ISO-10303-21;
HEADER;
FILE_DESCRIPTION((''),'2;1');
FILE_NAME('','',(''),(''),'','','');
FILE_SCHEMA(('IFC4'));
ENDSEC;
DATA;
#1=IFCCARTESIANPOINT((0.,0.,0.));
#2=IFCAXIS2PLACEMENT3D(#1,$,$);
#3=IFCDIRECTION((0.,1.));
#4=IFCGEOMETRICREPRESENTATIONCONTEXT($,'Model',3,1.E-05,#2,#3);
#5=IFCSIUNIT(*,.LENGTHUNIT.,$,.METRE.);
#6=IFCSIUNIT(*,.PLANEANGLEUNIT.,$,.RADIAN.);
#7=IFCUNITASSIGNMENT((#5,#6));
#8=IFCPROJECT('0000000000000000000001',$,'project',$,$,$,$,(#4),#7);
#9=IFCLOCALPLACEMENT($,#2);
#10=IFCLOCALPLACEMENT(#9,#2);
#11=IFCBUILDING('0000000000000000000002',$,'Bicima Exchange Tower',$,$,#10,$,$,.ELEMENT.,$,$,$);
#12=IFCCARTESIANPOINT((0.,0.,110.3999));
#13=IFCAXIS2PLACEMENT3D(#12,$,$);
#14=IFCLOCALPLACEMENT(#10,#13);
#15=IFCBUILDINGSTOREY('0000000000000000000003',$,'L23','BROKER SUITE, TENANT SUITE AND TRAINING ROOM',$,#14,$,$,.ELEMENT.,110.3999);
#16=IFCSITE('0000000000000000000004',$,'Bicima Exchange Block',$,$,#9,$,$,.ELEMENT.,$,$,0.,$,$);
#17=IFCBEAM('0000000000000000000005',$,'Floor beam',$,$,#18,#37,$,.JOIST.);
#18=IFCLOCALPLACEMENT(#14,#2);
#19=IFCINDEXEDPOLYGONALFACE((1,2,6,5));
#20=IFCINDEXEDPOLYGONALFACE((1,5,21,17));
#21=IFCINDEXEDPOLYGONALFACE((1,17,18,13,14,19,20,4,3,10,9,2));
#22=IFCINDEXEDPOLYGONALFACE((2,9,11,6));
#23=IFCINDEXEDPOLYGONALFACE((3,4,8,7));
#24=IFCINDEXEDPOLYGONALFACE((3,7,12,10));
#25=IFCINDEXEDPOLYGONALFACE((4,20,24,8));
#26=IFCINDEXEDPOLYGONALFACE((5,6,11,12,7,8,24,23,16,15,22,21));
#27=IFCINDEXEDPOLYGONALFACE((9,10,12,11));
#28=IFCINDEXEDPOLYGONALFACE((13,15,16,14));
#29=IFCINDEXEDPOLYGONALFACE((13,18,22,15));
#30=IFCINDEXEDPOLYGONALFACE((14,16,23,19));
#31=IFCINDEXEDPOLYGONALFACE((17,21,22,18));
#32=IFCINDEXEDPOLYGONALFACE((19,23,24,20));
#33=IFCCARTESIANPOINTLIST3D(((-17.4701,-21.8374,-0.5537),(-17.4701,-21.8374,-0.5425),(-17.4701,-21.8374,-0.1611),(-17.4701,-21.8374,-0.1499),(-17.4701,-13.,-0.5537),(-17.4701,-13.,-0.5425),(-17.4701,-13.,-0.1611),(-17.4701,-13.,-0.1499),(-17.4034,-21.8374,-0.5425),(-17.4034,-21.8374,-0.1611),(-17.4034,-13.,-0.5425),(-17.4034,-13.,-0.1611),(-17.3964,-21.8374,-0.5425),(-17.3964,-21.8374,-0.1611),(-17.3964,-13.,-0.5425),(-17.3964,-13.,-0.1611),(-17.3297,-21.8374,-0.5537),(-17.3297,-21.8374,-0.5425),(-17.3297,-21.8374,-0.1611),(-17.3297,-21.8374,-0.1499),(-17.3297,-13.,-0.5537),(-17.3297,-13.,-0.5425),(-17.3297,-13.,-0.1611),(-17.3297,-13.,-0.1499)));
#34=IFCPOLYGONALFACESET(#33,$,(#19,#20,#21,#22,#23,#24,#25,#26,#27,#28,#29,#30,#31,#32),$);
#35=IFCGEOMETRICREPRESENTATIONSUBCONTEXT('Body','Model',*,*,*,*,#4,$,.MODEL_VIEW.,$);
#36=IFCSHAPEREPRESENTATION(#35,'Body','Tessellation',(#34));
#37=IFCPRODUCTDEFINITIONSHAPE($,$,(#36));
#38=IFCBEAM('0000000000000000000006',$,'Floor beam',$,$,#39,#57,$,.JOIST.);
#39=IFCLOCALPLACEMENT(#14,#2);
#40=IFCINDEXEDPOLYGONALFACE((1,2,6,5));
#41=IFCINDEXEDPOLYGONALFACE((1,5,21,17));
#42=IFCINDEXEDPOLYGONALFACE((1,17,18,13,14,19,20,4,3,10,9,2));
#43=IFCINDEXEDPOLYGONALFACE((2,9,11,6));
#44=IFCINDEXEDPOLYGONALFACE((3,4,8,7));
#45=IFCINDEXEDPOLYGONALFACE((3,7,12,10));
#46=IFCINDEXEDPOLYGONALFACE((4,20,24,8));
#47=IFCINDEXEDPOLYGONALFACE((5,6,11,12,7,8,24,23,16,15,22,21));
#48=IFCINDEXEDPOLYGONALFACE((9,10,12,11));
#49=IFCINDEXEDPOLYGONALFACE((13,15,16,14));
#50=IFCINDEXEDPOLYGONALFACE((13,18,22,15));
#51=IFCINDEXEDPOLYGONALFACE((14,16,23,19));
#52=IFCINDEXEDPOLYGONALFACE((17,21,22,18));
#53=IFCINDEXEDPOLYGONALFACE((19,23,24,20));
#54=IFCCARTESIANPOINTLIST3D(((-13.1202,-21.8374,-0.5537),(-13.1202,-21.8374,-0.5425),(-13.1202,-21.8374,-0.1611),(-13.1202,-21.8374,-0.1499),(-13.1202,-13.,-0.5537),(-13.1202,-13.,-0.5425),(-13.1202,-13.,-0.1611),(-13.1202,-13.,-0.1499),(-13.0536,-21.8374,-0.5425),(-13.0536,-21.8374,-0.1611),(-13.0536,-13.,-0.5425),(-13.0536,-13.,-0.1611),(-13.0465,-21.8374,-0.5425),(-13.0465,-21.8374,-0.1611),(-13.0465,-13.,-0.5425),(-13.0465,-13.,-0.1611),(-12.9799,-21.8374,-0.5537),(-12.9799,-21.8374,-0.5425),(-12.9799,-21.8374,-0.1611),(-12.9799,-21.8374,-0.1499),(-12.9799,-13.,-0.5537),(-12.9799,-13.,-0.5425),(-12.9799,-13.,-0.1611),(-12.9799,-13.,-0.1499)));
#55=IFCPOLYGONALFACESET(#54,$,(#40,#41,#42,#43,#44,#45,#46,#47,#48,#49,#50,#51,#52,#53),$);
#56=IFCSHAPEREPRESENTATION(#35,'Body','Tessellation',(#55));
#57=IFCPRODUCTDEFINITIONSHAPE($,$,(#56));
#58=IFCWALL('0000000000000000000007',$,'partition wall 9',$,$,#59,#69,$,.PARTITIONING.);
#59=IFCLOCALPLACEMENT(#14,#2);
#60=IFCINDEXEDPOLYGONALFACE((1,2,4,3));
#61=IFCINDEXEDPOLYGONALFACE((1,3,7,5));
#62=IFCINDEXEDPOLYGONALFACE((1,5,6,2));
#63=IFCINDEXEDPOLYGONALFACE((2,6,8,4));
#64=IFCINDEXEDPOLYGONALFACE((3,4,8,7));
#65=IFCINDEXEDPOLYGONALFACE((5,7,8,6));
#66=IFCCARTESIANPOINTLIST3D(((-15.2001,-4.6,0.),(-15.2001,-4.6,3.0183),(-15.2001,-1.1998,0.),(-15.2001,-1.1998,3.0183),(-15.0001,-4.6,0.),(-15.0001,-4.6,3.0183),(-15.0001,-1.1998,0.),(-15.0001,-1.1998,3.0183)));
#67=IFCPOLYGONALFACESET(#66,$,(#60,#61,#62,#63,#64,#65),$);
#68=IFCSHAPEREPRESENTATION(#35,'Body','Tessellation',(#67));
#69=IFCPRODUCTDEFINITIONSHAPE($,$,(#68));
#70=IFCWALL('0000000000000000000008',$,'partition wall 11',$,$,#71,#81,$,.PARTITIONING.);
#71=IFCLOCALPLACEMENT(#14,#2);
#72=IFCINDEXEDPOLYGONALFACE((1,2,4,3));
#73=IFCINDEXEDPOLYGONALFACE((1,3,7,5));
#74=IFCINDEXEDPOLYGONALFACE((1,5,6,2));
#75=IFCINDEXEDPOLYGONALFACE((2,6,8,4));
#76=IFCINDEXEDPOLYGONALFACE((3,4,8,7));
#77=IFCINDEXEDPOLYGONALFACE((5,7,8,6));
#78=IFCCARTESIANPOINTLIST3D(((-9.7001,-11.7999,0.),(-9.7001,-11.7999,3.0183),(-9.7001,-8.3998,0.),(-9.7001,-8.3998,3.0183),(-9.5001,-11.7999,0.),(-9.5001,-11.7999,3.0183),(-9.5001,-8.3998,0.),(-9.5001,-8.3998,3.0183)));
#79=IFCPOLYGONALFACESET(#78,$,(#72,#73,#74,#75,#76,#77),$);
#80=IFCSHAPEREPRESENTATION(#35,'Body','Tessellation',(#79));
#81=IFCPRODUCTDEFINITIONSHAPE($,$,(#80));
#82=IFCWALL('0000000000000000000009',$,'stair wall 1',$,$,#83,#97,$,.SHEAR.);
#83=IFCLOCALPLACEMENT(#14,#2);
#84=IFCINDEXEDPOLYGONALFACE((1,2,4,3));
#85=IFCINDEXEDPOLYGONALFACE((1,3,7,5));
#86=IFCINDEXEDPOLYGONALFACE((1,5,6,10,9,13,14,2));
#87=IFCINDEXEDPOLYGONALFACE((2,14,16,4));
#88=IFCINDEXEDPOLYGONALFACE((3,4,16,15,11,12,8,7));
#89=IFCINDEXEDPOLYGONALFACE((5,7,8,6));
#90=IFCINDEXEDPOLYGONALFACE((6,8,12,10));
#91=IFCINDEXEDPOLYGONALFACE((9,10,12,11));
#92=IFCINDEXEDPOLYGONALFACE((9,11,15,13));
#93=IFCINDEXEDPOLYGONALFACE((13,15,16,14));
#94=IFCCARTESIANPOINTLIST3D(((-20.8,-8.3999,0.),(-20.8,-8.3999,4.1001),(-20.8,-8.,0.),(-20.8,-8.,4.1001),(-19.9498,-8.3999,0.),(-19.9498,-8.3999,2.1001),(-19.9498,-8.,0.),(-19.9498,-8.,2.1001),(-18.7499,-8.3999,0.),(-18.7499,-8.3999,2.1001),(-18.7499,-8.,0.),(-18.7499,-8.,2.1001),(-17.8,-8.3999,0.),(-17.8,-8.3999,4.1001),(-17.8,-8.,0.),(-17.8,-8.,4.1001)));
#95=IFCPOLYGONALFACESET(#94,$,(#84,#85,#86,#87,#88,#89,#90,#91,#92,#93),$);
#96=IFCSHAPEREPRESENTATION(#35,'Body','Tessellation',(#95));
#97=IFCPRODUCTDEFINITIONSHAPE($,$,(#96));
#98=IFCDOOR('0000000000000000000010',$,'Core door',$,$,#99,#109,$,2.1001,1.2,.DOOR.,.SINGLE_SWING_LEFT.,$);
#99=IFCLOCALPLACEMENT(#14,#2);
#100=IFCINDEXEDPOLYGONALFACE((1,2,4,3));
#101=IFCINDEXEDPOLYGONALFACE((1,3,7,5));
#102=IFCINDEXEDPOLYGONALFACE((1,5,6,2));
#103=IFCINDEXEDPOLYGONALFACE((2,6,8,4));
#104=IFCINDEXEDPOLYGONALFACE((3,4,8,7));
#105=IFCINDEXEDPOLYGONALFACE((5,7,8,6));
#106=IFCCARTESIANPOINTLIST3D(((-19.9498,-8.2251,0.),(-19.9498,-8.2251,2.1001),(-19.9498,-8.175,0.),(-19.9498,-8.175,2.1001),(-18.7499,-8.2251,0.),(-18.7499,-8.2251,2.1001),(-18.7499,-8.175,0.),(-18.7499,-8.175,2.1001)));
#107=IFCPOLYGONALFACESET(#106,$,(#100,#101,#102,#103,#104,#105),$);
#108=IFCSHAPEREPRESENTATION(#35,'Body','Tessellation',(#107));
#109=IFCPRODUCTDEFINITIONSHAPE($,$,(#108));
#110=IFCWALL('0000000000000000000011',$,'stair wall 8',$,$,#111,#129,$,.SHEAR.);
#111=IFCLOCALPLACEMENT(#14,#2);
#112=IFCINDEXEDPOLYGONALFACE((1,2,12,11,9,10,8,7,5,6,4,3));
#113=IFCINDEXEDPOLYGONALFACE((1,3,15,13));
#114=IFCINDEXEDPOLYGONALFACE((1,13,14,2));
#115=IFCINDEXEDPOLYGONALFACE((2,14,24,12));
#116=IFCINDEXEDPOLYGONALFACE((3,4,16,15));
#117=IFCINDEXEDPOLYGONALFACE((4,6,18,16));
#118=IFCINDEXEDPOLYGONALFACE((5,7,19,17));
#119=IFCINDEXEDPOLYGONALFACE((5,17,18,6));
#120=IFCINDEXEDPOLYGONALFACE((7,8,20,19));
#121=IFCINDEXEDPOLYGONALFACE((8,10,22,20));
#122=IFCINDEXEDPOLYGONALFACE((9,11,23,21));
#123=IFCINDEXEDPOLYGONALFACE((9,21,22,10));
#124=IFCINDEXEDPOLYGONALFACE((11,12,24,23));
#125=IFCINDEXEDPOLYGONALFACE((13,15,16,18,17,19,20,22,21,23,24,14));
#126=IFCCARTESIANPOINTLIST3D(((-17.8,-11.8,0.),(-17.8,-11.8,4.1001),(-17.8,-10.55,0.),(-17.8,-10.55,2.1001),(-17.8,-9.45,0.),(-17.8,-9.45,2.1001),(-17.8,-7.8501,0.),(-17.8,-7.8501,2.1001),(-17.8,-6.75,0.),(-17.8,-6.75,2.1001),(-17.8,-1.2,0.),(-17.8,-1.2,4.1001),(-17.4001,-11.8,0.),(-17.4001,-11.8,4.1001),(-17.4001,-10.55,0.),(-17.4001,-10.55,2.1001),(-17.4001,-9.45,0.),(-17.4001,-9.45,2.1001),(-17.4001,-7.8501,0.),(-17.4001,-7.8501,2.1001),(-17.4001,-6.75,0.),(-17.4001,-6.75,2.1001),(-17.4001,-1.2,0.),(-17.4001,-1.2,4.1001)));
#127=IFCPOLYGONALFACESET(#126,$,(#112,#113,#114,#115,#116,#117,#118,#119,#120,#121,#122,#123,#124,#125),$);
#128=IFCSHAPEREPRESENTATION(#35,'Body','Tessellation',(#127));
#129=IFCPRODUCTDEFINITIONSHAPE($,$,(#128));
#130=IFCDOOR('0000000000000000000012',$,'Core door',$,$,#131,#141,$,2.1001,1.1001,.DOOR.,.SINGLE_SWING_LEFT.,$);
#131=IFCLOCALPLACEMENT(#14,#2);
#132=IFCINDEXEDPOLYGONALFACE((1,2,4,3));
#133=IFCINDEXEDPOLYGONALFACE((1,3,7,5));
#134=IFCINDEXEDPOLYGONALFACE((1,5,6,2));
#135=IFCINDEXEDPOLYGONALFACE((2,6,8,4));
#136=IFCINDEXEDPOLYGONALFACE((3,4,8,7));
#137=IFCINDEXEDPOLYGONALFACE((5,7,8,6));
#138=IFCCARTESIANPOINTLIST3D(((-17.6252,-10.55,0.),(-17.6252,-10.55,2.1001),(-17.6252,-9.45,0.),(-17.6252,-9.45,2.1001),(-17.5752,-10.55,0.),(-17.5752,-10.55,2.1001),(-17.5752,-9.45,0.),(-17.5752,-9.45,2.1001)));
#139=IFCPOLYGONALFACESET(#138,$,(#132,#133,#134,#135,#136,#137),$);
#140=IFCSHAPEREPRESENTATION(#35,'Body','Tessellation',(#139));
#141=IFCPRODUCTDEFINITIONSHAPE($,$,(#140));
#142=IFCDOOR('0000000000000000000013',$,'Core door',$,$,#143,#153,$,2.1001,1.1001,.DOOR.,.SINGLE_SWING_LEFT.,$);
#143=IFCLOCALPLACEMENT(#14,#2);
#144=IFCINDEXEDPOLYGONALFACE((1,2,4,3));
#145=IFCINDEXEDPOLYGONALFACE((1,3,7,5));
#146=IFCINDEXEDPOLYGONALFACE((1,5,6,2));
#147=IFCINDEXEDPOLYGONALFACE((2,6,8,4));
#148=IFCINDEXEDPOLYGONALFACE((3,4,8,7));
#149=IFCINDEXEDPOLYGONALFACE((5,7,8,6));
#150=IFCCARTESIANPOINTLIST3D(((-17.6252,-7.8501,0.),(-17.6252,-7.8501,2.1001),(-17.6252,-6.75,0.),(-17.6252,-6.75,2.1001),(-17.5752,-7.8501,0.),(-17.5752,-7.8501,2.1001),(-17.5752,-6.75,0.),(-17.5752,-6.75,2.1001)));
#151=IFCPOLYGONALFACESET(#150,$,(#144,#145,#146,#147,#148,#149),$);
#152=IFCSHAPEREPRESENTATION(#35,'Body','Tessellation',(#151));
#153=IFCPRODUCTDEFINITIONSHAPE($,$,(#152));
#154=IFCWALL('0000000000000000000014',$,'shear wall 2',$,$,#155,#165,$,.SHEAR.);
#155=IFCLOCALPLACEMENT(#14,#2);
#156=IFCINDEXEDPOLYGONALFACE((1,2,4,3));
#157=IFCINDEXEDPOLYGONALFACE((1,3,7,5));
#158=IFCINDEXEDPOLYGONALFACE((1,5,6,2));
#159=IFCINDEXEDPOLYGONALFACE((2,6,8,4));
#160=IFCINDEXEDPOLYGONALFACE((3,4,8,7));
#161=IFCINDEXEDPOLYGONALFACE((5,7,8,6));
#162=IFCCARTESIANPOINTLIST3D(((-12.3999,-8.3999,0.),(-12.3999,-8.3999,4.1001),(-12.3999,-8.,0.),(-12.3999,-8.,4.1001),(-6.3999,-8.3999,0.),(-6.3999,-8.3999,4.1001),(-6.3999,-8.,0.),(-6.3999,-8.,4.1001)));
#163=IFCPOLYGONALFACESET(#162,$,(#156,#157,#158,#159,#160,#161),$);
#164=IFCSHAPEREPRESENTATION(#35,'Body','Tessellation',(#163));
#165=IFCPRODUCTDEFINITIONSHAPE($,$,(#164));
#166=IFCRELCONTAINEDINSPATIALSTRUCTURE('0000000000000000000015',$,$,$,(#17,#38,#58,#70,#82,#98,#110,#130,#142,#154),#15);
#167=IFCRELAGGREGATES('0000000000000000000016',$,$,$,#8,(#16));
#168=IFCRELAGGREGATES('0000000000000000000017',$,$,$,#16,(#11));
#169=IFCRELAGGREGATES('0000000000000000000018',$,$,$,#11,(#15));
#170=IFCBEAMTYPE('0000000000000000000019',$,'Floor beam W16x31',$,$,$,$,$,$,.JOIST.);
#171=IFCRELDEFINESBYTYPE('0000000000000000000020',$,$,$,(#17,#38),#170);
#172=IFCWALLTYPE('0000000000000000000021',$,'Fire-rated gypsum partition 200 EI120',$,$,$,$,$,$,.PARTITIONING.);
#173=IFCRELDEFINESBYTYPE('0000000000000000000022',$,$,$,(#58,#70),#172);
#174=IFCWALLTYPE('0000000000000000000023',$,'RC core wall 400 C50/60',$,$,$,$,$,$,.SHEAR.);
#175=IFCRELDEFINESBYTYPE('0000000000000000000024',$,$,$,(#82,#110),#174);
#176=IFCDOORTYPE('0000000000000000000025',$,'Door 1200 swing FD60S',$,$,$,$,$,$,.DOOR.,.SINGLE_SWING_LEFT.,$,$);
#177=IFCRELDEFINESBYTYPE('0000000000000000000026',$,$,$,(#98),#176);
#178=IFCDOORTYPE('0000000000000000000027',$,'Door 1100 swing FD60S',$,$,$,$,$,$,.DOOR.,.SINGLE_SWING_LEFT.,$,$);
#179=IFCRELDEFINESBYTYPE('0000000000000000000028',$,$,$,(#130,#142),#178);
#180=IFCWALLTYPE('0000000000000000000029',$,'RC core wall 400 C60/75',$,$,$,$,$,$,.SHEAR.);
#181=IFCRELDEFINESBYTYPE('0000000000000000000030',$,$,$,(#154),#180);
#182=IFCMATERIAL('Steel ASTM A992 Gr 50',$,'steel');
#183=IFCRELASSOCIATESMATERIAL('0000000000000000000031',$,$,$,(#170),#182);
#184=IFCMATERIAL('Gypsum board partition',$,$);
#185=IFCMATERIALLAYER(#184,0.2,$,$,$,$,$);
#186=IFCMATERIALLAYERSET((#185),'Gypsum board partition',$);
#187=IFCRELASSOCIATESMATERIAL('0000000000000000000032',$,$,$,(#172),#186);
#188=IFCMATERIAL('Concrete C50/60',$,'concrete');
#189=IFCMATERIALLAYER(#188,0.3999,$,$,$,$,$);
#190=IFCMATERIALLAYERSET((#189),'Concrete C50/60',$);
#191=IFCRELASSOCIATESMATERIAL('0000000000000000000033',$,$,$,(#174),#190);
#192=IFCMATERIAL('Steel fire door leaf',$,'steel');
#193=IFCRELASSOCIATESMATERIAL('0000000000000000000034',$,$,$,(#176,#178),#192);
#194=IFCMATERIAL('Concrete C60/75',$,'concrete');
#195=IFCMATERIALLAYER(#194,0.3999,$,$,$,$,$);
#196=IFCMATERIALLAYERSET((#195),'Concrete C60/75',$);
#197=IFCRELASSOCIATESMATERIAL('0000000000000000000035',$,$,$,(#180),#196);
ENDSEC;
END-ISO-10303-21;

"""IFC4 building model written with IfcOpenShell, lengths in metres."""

from ifc_helpers import new_model, si_unit, direction, frame, frame_2d, origin, origin_2d, place, context, subcontext, project, spatial, rectangle, i_section, extrude, material, layer, layer_set, material_profile, profile_set, type_object, element, fill, save


model = new_model("IFC4")

# Units and contexts
model_context = context("Model", 3, precision=1e-05, world=origin(), true_north=direction((0.0, 1.0)))
body_context = subcontext(model_context, "Body", "Model", "MODEL_VIEW")
ifc_project = project(units=[si_unit("LENGTHUNIT", "METRE"), si_unit("PLANEANGLEUNIT", "RADIAN")], contexts=[model_context])

# Site, building, storey
site_placement = place(None, origin())
site = spatial("IfcSite", under=ifc_project, at=site_placement, Name="Bicima Exchange Block", CompositionType="ELEMENT", RefElevation=0.0)
building_placement = place(site_placement, origin())
building = spatial("IfcBuilding", under=site, at=building_placement, Name="Bicima Exchange Tower", CompositionType="ELEMENT")
storey_placement = place(building_placement, frame((0.0, 0.0, 110.3999)))
storey = spatial("IfcBuildingStorey", under=building, at=storey_placement, Name="L23", Description="BROKER SUITE, TENANT SUITE AND TRAINING ROOM", CompositionType="ELEMENT", Elevation=110.3999)

# Beams
ifc_material_1 = material(Name="Steel ASTM A992 Gr 50", Category="steel")
ifc_material_profile = material_profile(ifc_material_1, i_section(OverallWidth=0.1404, OverallDepth=0.4038, WebThickness=0.0071, FlangeThickness=0.0112, at=origin_2d()))
ifc_profile_set = profile_set([ifc_material_profile], Name="Steel ASTM A992 Gr 50")
beam_type = type_object("IfcBeamType", Name="Floor beam W16x31", PredefinedType="JOIST", material=ifc_profile_set)
for number, where, z_axis, x_axis, name in (
    (1, (-17.3999, -13.0, -0.3518), (0.0, -1.0, 0.0), (1.0, 0.0, 0.0), "Floor beam"),
    (2, (-13.05, -13.0, -0.3518), (0.0, -1.0, 0.0), (1.0, 0.0, 0.0), "Floor beam"),
):
    element("IfcBeam", number, at=place(storey_placement, frame(where, z_axis=z_axis, x_axis=x_axis)), inside=storey, type_object=beam_type, Name=name, PredefinedType="JOIST", context=body_context, shape_type="SweptSolid", body=[
        extrude(i_section(OverallWidth=0.1404, OverallDepth=0.4038, WebThickness=0.0071, FlangeThickness=0.0112, at=origin_2d()), origin(), (0.0, 0.0, 1.0), 8.8374),
    ])

# Walls
ifc_material_2 = material(Name="Gypsum board partition")
ifc_layer_1 = layer(ifc_material_2, 0.2)
ifc_layer_set_1 = layer_set([ifc_layer_1], Name="Gypsum board partition")
wall_type_1 = type_object("IfcWallType", Name="Fire-rated gypsum partition 200 EI120", PredefinedType="PARTITIONING", material=ifc_layer_set_1)
for number, where, z_axis, x_axis, name in (
    (3, (-15.1001, -4.6001, 0.0), (0.0, 0.0, 1.0), (0.0, 1.0, 0.0), "partition wall 9"),
    (4, (-9.6001, -11.8, 0.0), (0.0, 0.0, 1.0), (0.0, 1.0, 0.0), "partition wall 11"),
):
    element("IfcWall", number, at=place(storey_placement, frame(where, z_axis=z_axis, x_axis=x_axis)), inside=storey, type_object=wall_type_1, Name=name, PredefinedType="PARTITIONING", context=body_context, shape_type="SweptSolid", body=[
        extrude(rectangle(XDim=3.4001, YDim=0.2, at=frame_2d((1.7002, 0.0))), origin(), (0.0, 0.0, 1.0), 3.0183),
    ])

# Wall, opening, door
ifc_material_3 = material(Name="Concrete C50/60", Category="concrete")
ifc_layer_2 = layer(ifc_material_3, 0.3999)
ifc_layer_set_2 = layer_set([ifc_layer_2], Name="Concrete C50/60")
wall_type_2 = type_object("IfcWallType", Name="RC core wall 400 C50/60", PredefinedType="SHEAR", material=ifc_layer_set_2)
wall_1_placement = place(storey_placement, frame((-20.8, -8.2, 0.0), z_axis=(0.0, 0.0, 1.0), x_axis=(1.0, 0.0, 0.0)))
wall_1 = element("IfcWall", 5, at=wall_1_placement, inside=storey, type_object=wall_type_2, Name="stair wall 1", PredefinedType="SHEAR", context=body_context, shape_type="SweptSolid", body=[
    extrude(rectangle(XDim=3.0, YDim=0.3999, at=frame_2d((1.5, 0.0))), origin(), (0.0, 0.0, 1.0), 4.1001),
])
opening_1_placement = place(wall_1_placement, frame((0.8501, 0.0, 0.0)))
opening_1 = element("IfcOpeningElement", 6, at=opening_1_placement, cuts=wall_1, PredefinedType="OPENING", context=body_context, shape_type="SweptSolid", body=[
    extrude(rectangle(XDim=1.2, YDim=2.1001, at=frame_2d((0.6001, 1.05))), frame((0.0, 0.2119, 0.0), z_axis=(0.0, -1.0, 0.0), x_axis=(1.0, 0.0, 0.0)), (0.0, 0.0, 1.0), 0.4238),
])
ifc_material_4 = material(Name="Steel fire door leaf", Category="steel")
door_type_1 = type_object("IfcDoorType", Name="Door 1200 swing FD60S", OperationType="SINGLE_SWING_LEFT", PredefinedType="DOOR", material=ifc_material_4)
door_1_placement = place(opening_1_placement, origin())
door_1 = element("IfcDoor", 7, at=door_1_placement, inside=storey, type_object=door_type_1, Name="Core door", OperationType="SINGLE_SWING_LEFT", OverallHeight=2.1001, OverallWidth=1.2, PredefinedType="DOOR", context=body_context, shape_type="SweptSolid", body=[
    extrude(rectangle(XDim=1.2, YDim=2.1001, at=frame_2d((0.6001, 1.05))), frame((0.0, 0.0249, 0.0), z_axis=(0.0, -1.0, 0.0), x_axis=(1.0, 0.0, 0.0)), (0.0, 0.0, 1.0), 0.05),
])
fill(opening_1, door_1)

# Wall, openings, doors
wall_2_placement = place(storey_placement, frame((-17.6001, -11.8, 0.0), z_axis=(0.0, 0.0, 1.0), x_axis=(0.0, 1.0, 0.0)))
wall_2 = element("IfcWall", 8, at=wall_2_placement, inside=storey, type_object=wall_type_2, Name="stair wall 8", PredefinedType="SHEAR", context=body_context, shape_type="SweptSolid", body=[
    extrude(rectangle(XDim=10.6001, YDim=0.3999, at=frame_2d((5.3, 0.0))), origin(), (0.0, 0.0, 1.0), 4.1001),
])
opening_2_placement = place(wall_2_placement, frame((1.25, 0.0, 0.0)))
opening_2 = element("IfcOpeningElement", 9, at=opening_2_placement, cuts=wall_2, PredefinedType="OPENING", context=body_context, shape_type="SweptSolid", body=[
    extrude(rectangle(XDim=1.1001, YDim=2.1001, at=frame_2d((0.55, 1.05))), frame((0.0, 0.2119, 0.0), z_axis=(0.0, -1.0, 0.0), x_axis=(1.0, 0.0, 0.0)), (0.0, 0.0, 1.0), 0.4238),
])
opening_3_placement = place(wall_2_placement, frame((3.95, 0.0, 0.0)))
opening_3 = element("IfcOpeningElement", 10, at=opening_3_placement, cuts=wall_2, PredefinedType="OPENING", context=body_context, shape_type="SweptSolid", body=[
    extrude(rectangle(XDim=1.1001, YDim=2.1001, at=frame_2d((0.55, 1.05))), frame((0.0, 0.2119, 0.0), z_axis=(0.0, -1.0, 0.0), x_axis=(1.0, 0.0, 0.0)), (0.0, 0.0, 1.0), 0.4238),
])
door_type_2 = type_object("IfcDoorType", Name="Door 1100 swing FD60S", OperationType="SINGLE_SWING_LEFT", PredefinedType="DOOR", material=ifc_material_4)
door_2_placement = place(opening_2_placement, frame((1.1001, 0.0, 0.0), z_axis=(0.0, 0.0, 1.0), x_axis=(-1.0, 0.0, 0.0)))
door_2 = element("IfcDoor", 11, at=door_2_placement, inside=storey, type_object=door_type_2, Name="Core door", OperationType="SINGLE_SWING_LEFT", OverallHeight=2.1001, OverallWidth=1.1001, PredefinedType="DOOR", context=body_context, shape_type="SweptSolid", body=[
    extrude(rectangle(XDim=1.1001, YDim=2.1001, at=frame_2d((0.55, 1.05))), frame((0.0, 0.0249, 0.0), z_axis=(0.0, -1.0, 0.0), x_axis=(1.0, 0.0, 0.0)), (0.0, 0.0, 1.0), 0.05),
])
fill(opening_2, door_2)
door_3_placement = place(opening_3_placement, frame((1.1001, 0.0, 0.0), z_axis=(0.0, 0.0, 1.0), x_axis=(-1.0, 0.0, 0.0)))
door_3 = element("IfcDoor", 12, at=door_3_placement, inside=storey, type_object=door_type_2, Name="Core door", OperationType="SINGLE_SWING_LEFT", OverallHeight=2.1001, OverallWidth=1.1001, PredefinedType="DOOR", context=body_context, shape_type="SweptSolid", body=[
    extrude(rectangle(XDim=1.1001, YDim=2.1001, at=frame_2d((0.55, 1.05))), frame((0.0, 0.0249, 0.0), z_axis=(0.0, -1.0, 0.0), x_axis=(1.0, 0.0, 0.0)), (0.0, 0.0, 1.0), 0.05),
])
fill(opening_3, door_3)

# Wall
ifc_material_5 = material(Name="Concrete C60/75", Category="concrete")
ifc_layer_3 = layer(ifc_material_5, 0.3999)
ifc_layer_set_3 = layer_set([ifc_layer_3], Name="Concrete C60/75")
wall_type_3 = type_object("IfcWallType", Name="RC core wall 400 C60/75", PredefinedType="SHEAR", material=ifc_layer_set_3)
wall_3_placement = place(storey_placement, frame((-12.3999, -8.2, 0.0), z_axis=(0.0, 0.0, 1.0), x_axis=(1.0, 0.0, 0.0)))
element("IfcWall", 13, at=wall_3_placement, inside=storey, type_object=wall_type_3, Name="shear wall 2", PredefinedType="SHEAR", context=body_context, shape_type="SweptSolid", body=[
    extrude(rectangle(XDim=6.0, YDim=0.3999, at=frame_2d((3.0, 0.0))), origin(), (0.0, 0.0, 1.0), 4.1001),
])

save(model, "model.ifc")
